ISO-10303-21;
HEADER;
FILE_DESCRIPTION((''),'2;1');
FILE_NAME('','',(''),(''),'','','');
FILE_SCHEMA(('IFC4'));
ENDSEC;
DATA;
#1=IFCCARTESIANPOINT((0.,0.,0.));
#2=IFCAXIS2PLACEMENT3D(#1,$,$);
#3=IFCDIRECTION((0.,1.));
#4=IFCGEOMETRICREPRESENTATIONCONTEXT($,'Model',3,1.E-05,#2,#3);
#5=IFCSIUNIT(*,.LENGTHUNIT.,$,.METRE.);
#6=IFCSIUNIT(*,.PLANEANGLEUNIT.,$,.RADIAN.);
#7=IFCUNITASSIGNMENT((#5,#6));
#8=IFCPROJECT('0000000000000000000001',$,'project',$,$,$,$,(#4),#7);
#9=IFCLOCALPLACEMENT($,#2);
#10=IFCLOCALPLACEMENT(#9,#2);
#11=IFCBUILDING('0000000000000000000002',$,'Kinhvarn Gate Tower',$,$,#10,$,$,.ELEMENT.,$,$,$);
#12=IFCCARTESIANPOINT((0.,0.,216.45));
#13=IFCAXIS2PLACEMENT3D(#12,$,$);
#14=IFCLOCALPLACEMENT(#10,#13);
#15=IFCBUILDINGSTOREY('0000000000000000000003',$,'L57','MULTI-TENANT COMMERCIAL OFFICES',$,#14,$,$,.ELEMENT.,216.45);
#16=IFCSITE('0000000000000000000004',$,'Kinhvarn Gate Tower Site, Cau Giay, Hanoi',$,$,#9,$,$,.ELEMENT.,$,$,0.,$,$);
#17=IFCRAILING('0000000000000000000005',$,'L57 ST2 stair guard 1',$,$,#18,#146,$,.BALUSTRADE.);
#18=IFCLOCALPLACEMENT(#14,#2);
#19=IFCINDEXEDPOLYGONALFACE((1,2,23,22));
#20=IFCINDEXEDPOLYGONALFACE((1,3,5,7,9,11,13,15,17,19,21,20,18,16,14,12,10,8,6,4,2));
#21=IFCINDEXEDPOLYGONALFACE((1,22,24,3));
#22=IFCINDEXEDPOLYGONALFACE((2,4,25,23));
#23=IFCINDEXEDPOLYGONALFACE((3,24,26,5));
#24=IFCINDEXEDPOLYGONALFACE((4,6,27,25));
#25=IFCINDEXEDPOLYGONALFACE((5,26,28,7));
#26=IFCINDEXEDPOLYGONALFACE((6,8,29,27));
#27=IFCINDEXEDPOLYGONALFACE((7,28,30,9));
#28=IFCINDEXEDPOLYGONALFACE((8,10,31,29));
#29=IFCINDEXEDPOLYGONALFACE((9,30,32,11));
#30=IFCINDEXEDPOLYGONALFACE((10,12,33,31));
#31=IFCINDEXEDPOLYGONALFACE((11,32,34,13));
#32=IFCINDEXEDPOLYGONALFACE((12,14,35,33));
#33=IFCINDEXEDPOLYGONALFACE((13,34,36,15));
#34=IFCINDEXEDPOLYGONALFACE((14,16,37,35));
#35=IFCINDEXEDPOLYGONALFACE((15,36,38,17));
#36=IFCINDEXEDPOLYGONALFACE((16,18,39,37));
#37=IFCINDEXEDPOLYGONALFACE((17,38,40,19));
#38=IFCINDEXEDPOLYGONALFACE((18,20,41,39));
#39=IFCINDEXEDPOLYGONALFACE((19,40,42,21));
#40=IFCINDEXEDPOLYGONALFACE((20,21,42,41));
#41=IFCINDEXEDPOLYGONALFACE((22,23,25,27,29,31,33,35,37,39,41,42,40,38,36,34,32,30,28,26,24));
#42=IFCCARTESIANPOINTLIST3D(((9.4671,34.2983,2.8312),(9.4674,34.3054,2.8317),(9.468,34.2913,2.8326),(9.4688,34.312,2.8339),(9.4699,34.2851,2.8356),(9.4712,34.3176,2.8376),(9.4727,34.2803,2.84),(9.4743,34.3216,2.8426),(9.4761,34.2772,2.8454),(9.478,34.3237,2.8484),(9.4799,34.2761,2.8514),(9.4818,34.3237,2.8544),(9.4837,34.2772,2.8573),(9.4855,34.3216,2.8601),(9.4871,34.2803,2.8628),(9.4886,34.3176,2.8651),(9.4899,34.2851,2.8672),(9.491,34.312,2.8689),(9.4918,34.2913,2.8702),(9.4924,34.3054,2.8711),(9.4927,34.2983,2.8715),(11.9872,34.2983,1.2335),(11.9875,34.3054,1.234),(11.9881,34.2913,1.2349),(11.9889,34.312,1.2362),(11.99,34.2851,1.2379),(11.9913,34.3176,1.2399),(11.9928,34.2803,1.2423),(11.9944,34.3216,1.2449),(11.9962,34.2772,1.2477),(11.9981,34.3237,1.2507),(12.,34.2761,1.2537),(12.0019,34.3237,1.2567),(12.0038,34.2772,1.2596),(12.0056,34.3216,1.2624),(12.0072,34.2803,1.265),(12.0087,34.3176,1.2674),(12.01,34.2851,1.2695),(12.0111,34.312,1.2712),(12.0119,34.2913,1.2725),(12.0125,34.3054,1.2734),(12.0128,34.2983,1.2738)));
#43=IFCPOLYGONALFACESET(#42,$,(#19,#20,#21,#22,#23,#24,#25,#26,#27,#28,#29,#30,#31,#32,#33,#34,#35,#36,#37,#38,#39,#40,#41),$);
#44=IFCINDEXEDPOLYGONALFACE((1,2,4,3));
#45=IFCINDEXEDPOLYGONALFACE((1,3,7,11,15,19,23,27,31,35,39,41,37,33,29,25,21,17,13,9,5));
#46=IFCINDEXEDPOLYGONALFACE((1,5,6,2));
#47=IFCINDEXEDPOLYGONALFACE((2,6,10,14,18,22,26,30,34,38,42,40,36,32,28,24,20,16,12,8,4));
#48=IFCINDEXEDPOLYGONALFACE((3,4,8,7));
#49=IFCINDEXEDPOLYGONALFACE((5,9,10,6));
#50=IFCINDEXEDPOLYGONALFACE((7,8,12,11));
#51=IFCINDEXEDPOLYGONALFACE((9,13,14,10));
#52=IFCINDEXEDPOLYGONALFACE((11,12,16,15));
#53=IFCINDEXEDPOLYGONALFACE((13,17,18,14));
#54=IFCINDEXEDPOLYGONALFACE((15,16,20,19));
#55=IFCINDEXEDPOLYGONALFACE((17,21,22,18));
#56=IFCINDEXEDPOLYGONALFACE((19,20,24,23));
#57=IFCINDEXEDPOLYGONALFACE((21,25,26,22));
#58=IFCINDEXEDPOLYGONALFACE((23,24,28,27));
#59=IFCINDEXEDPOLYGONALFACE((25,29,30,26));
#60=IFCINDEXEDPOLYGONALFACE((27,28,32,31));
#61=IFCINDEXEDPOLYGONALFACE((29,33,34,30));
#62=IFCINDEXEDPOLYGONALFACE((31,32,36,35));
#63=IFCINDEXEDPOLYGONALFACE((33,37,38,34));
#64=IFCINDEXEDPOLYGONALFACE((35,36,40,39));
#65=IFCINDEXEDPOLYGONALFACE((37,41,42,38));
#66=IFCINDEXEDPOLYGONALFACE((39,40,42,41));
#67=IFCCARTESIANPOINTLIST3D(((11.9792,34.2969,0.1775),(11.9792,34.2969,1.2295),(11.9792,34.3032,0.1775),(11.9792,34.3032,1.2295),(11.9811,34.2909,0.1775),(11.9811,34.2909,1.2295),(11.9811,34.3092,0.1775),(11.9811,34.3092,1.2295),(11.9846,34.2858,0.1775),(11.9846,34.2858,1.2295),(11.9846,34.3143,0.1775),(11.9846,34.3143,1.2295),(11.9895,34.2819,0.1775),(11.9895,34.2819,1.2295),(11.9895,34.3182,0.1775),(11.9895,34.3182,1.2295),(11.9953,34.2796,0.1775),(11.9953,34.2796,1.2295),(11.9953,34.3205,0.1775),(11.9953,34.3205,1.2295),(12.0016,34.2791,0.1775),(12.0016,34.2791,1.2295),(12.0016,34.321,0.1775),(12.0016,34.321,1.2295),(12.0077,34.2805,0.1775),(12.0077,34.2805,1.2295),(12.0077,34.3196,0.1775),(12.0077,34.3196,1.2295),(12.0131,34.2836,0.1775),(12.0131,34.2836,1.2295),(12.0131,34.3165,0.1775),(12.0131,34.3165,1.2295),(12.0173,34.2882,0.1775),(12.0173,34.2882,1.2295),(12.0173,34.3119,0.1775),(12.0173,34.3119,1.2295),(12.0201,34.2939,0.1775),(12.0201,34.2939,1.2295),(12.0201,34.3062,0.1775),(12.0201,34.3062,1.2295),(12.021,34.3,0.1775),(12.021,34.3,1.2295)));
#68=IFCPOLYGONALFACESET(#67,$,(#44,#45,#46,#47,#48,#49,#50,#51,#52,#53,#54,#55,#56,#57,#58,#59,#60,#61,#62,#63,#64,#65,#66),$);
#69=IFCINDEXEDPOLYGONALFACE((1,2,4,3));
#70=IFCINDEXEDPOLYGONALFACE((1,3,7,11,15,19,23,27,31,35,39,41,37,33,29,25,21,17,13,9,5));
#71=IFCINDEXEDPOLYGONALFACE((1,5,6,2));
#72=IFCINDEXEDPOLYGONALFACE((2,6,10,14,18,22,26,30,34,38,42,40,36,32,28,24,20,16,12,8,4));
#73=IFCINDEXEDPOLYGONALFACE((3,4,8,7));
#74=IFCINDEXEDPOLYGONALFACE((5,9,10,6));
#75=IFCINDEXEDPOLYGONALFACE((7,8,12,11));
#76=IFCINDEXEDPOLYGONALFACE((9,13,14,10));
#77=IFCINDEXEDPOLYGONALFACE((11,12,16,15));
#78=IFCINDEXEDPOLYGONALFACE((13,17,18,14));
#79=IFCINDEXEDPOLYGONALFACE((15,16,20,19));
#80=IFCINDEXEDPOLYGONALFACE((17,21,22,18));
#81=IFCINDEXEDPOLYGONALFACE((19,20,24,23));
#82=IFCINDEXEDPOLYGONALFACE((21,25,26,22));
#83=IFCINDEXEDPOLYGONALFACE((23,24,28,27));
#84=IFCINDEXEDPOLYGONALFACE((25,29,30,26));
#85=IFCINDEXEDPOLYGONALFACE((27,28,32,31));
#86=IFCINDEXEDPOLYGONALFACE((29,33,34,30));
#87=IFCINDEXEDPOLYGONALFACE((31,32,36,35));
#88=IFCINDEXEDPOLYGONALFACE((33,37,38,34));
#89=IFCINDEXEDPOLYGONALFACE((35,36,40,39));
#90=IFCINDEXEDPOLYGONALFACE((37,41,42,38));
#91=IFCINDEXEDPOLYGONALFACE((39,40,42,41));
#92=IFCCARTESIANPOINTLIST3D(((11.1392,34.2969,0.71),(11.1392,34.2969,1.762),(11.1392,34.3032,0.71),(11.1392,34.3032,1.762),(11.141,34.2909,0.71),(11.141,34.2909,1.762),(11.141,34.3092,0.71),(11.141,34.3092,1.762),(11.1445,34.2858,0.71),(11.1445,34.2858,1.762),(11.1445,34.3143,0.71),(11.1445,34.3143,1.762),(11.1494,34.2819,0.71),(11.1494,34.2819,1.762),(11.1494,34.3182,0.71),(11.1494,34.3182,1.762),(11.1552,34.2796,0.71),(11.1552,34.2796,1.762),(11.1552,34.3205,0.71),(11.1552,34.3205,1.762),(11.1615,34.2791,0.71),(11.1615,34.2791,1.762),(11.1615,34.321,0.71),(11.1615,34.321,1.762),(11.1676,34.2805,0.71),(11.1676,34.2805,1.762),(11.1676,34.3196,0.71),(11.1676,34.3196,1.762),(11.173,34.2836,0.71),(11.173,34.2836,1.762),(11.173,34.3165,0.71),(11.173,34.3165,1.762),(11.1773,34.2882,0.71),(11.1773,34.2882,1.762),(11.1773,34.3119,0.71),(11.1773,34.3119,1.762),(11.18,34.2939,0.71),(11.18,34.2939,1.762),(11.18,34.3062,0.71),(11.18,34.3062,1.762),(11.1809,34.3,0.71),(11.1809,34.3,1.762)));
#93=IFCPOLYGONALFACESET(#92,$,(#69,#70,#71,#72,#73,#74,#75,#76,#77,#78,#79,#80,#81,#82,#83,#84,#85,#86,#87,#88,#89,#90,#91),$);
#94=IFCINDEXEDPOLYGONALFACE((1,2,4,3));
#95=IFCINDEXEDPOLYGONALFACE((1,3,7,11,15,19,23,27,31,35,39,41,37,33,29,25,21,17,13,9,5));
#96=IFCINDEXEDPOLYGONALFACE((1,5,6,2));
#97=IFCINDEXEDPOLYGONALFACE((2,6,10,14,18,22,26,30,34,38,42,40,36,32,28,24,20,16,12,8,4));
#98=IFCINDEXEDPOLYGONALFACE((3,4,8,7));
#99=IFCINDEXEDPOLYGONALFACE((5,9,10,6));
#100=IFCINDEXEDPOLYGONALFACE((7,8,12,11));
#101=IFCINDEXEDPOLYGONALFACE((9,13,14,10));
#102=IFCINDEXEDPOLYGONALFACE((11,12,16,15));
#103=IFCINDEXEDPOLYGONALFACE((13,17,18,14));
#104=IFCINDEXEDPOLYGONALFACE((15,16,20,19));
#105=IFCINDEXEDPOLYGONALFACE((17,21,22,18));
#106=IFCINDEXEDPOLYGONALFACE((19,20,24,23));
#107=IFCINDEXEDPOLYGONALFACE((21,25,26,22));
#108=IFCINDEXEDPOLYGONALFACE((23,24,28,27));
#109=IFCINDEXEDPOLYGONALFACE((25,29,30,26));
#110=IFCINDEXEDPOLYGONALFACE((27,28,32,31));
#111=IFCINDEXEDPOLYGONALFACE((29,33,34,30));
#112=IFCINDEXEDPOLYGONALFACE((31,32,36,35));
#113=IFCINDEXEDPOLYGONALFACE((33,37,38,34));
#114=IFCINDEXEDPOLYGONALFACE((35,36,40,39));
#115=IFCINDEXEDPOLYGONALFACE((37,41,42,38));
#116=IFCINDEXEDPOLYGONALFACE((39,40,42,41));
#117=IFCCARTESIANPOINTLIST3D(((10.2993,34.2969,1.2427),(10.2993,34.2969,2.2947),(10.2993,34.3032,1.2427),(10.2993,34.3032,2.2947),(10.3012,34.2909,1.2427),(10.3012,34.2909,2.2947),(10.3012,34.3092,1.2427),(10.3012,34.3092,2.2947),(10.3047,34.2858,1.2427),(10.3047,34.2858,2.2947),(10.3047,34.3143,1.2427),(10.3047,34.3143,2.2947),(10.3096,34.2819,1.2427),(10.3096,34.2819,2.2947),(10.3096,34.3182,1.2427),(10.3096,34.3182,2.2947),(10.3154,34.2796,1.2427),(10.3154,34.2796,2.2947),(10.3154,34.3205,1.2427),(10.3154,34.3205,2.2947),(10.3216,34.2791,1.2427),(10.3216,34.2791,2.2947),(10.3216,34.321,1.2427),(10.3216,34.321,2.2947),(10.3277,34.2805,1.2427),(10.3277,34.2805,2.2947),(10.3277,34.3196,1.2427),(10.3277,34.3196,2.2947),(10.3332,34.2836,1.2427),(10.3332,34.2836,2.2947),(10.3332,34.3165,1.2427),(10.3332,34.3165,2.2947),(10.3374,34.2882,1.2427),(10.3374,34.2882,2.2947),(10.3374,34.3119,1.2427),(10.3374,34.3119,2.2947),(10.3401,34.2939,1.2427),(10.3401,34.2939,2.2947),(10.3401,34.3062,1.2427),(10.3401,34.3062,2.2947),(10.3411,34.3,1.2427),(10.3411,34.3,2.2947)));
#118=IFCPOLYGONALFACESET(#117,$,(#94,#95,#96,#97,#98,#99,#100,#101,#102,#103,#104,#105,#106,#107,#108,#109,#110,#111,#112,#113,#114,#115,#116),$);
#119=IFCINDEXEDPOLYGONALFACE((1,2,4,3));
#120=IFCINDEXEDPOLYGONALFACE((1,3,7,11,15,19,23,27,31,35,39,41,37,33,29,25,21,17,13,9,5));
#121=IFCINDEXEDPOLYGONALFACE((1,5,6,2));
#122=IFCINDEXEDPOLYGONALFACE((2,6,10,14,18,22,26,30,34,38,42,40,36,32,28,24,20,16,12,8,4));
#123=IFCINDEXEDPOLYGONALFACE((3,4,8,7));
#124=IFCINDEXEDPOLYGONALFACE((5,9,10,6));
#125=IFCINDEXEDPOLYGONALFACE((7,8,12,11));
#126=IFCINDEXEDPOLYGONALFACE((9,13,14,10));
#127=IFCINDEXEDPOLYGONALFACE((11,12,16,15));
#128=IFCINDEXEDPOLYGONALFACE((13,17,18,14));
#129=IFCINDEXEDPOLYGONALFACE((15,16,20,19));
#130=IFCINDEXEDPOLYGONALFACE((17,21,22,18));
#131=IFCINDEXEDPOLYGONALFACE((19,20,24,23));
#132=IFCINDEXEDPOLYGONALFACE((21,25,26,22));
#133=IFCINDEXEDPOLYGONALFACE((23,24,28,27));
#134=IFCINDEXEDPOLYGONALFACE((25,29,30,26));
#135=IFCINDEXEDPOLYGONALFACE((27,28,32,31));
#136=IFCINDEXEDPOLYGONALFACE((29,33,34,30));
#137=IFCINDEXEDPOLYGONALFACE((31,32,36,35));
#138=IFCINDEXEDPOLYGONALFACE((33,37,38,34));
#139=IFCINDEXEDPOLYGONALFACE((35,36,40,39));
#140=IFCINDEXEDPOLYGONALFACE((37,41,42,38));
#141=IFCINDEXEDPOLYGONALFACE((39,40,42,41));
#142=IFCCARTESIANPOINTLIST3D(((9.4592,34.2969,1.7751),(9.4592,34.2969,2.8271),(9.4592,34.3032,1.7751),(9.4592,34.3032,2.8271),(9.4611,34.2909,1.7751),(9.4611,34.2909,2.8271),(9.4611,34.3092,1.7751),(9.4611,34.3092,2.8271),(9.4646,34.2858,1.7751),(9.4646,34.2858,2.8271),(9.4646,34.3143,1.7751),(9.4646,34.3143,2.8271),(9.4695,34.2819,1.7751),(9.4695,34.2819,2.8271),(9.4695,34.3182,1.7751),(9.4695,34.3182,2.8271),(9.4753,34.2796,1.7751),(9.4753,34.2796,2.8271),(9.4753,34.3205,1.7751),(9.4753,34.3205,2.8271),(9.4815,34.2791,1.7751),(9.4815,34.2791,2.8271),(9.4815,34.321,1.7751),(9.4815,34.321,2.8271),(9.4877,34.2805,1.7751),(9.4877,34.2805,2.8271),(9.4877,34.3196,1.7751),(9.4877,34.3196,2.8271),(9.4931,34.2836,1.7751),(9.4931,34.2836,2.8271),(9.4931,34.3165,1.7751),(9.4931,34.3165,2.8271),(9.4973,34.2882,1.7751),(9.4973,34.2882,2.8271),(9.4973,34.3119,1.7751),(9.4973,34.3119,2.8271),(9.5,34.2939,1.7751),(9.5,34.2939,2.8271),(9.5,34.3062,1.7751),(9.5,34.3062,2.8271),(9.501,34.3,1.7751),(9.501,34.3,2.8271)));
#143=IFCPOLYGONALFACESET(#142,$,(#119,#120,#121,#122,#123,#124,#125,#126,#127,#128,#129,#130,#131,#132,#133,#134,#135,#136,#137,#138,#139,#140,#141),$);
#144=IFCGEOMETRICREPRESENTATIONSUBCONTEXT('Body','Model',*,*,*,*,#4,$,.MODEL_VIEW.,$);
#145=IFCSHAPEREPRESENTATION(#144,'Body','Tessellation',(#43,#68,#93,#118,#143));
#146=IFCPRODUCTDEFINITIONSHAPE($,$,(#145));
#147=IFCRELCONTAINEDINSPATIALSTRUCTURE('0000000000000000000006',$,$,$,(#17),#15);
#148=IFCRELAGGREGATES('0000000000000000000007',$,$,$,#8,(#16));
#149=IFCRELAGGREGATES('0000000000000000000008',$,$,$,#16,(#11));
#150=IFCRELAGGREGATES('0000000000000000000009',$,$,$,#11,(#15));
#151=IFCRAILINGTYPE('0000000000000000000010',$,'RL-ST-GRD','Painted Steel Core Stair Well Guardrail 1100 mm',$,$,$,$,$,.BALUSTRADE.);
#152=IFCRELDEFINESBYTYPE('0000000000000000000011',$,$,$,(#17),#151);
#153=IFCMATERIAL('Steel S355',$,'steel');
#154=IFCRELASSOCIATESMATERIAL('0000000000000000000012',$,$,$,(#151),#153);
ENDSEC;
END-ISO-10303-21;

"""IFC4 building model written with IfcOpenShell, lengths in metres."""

from ifc_helpers import new_model, si_unit, direction, frame, origin, origin_2d, place, context, subcontext, project, spatial, circle, extrude, material, type_object, element, save


model = new_model("IFC4")

# Units and contexts
model_context = context("Model", 3, precision=1e-05, world=origin(), true_north=direction((0.0, 1.0)))
body_context = subcontext(model_context, "Body", "Model", "MODEL_VIEW")
ifc_project = project(units=[si_unit("LENGTHUNIT", "METRE"), si_unit("PLANEANGLEUNIT", "RADIAN")], contexts=[model_context])

# Site, building, storey
site_placement = place(None, origin())
site = spatial("IfcSite", under=ifc_project, at=site_placement, Name="Kinhvarn Gate Tower Site, Cau Giay, Hanoi", CompositionType="ELEMENT", RefElevation=0.0)
building_placement = place(site_placement, origin())
building = spatial("IfcBuilding", under=site, at=building_placement, Name="Kinhvarn Gate Tower", CompositionType="ELEMENT")
storey_placement = place(building_placement, frame((0.0, 0.0, 216.45)))
storey = spatial("IfcBuildingStorey", under=building, at=storey_placement, Name="L57", Description="MULTI-TENANT COMMERCIAL OFFICES", CompositionType="ELEMENT", Elevation=216.45)

# Shared definitions
ifc_material_1 = material(Name="Steel S355", Category="steel")

# Railing
railing_type_1 = type_object("IfcRailingType", Name="RL-ST-GRD", Description="Painted Steel Core Stair Well Guardrail 1100 mm", PredefinedType="BALUSTRADE", material=ifc_material_1)
railing_1_placement = place(storey_placement, frame((12.0, 34.3, 0.1775)))
element("IfcRailing", 1, at=railing_1_placement, inside=storey, type_object=railing_type_1, Name="L57 ST2 stair guard 1", PredefinedType="BALUSTRADE", context=body_context, shape_type="SweptSolid", body=[
    extrude(circle(Radius=0.0239, at=origin_2d()), frame((0.0, 0.0, 1.0762), z_axis=(-0.84457, 0.0, 0.535445), x_axis=(0.0, -1.0, 0.0)), (0.0, 0.0, 1.0), 2.9839),
    extrude(circle(Radius=0.021, at=origin_2d()), origin(), (0.0, 0.0, 1.0), 1.052),
    extrude(circle(Radius=0.021, at=origin_2d()), frame((-0.8401, 0.0, 0.5325)), (0.0, 0.0, 1.0), 1.052),
    extrude(circle(Radius=0.021, at=origin_2d()), frame((-1.6799, 0.0, 1.0652)), (0.0, 0.0, 1.0), 1.052),
    extrude(circle(Radius=0.021, at=origin_2d()), frame((-2.52, 0.0, 1.5977)), (0.0, 0.0, 1.0), 1.052),
])

save(model, "model.ifc")
